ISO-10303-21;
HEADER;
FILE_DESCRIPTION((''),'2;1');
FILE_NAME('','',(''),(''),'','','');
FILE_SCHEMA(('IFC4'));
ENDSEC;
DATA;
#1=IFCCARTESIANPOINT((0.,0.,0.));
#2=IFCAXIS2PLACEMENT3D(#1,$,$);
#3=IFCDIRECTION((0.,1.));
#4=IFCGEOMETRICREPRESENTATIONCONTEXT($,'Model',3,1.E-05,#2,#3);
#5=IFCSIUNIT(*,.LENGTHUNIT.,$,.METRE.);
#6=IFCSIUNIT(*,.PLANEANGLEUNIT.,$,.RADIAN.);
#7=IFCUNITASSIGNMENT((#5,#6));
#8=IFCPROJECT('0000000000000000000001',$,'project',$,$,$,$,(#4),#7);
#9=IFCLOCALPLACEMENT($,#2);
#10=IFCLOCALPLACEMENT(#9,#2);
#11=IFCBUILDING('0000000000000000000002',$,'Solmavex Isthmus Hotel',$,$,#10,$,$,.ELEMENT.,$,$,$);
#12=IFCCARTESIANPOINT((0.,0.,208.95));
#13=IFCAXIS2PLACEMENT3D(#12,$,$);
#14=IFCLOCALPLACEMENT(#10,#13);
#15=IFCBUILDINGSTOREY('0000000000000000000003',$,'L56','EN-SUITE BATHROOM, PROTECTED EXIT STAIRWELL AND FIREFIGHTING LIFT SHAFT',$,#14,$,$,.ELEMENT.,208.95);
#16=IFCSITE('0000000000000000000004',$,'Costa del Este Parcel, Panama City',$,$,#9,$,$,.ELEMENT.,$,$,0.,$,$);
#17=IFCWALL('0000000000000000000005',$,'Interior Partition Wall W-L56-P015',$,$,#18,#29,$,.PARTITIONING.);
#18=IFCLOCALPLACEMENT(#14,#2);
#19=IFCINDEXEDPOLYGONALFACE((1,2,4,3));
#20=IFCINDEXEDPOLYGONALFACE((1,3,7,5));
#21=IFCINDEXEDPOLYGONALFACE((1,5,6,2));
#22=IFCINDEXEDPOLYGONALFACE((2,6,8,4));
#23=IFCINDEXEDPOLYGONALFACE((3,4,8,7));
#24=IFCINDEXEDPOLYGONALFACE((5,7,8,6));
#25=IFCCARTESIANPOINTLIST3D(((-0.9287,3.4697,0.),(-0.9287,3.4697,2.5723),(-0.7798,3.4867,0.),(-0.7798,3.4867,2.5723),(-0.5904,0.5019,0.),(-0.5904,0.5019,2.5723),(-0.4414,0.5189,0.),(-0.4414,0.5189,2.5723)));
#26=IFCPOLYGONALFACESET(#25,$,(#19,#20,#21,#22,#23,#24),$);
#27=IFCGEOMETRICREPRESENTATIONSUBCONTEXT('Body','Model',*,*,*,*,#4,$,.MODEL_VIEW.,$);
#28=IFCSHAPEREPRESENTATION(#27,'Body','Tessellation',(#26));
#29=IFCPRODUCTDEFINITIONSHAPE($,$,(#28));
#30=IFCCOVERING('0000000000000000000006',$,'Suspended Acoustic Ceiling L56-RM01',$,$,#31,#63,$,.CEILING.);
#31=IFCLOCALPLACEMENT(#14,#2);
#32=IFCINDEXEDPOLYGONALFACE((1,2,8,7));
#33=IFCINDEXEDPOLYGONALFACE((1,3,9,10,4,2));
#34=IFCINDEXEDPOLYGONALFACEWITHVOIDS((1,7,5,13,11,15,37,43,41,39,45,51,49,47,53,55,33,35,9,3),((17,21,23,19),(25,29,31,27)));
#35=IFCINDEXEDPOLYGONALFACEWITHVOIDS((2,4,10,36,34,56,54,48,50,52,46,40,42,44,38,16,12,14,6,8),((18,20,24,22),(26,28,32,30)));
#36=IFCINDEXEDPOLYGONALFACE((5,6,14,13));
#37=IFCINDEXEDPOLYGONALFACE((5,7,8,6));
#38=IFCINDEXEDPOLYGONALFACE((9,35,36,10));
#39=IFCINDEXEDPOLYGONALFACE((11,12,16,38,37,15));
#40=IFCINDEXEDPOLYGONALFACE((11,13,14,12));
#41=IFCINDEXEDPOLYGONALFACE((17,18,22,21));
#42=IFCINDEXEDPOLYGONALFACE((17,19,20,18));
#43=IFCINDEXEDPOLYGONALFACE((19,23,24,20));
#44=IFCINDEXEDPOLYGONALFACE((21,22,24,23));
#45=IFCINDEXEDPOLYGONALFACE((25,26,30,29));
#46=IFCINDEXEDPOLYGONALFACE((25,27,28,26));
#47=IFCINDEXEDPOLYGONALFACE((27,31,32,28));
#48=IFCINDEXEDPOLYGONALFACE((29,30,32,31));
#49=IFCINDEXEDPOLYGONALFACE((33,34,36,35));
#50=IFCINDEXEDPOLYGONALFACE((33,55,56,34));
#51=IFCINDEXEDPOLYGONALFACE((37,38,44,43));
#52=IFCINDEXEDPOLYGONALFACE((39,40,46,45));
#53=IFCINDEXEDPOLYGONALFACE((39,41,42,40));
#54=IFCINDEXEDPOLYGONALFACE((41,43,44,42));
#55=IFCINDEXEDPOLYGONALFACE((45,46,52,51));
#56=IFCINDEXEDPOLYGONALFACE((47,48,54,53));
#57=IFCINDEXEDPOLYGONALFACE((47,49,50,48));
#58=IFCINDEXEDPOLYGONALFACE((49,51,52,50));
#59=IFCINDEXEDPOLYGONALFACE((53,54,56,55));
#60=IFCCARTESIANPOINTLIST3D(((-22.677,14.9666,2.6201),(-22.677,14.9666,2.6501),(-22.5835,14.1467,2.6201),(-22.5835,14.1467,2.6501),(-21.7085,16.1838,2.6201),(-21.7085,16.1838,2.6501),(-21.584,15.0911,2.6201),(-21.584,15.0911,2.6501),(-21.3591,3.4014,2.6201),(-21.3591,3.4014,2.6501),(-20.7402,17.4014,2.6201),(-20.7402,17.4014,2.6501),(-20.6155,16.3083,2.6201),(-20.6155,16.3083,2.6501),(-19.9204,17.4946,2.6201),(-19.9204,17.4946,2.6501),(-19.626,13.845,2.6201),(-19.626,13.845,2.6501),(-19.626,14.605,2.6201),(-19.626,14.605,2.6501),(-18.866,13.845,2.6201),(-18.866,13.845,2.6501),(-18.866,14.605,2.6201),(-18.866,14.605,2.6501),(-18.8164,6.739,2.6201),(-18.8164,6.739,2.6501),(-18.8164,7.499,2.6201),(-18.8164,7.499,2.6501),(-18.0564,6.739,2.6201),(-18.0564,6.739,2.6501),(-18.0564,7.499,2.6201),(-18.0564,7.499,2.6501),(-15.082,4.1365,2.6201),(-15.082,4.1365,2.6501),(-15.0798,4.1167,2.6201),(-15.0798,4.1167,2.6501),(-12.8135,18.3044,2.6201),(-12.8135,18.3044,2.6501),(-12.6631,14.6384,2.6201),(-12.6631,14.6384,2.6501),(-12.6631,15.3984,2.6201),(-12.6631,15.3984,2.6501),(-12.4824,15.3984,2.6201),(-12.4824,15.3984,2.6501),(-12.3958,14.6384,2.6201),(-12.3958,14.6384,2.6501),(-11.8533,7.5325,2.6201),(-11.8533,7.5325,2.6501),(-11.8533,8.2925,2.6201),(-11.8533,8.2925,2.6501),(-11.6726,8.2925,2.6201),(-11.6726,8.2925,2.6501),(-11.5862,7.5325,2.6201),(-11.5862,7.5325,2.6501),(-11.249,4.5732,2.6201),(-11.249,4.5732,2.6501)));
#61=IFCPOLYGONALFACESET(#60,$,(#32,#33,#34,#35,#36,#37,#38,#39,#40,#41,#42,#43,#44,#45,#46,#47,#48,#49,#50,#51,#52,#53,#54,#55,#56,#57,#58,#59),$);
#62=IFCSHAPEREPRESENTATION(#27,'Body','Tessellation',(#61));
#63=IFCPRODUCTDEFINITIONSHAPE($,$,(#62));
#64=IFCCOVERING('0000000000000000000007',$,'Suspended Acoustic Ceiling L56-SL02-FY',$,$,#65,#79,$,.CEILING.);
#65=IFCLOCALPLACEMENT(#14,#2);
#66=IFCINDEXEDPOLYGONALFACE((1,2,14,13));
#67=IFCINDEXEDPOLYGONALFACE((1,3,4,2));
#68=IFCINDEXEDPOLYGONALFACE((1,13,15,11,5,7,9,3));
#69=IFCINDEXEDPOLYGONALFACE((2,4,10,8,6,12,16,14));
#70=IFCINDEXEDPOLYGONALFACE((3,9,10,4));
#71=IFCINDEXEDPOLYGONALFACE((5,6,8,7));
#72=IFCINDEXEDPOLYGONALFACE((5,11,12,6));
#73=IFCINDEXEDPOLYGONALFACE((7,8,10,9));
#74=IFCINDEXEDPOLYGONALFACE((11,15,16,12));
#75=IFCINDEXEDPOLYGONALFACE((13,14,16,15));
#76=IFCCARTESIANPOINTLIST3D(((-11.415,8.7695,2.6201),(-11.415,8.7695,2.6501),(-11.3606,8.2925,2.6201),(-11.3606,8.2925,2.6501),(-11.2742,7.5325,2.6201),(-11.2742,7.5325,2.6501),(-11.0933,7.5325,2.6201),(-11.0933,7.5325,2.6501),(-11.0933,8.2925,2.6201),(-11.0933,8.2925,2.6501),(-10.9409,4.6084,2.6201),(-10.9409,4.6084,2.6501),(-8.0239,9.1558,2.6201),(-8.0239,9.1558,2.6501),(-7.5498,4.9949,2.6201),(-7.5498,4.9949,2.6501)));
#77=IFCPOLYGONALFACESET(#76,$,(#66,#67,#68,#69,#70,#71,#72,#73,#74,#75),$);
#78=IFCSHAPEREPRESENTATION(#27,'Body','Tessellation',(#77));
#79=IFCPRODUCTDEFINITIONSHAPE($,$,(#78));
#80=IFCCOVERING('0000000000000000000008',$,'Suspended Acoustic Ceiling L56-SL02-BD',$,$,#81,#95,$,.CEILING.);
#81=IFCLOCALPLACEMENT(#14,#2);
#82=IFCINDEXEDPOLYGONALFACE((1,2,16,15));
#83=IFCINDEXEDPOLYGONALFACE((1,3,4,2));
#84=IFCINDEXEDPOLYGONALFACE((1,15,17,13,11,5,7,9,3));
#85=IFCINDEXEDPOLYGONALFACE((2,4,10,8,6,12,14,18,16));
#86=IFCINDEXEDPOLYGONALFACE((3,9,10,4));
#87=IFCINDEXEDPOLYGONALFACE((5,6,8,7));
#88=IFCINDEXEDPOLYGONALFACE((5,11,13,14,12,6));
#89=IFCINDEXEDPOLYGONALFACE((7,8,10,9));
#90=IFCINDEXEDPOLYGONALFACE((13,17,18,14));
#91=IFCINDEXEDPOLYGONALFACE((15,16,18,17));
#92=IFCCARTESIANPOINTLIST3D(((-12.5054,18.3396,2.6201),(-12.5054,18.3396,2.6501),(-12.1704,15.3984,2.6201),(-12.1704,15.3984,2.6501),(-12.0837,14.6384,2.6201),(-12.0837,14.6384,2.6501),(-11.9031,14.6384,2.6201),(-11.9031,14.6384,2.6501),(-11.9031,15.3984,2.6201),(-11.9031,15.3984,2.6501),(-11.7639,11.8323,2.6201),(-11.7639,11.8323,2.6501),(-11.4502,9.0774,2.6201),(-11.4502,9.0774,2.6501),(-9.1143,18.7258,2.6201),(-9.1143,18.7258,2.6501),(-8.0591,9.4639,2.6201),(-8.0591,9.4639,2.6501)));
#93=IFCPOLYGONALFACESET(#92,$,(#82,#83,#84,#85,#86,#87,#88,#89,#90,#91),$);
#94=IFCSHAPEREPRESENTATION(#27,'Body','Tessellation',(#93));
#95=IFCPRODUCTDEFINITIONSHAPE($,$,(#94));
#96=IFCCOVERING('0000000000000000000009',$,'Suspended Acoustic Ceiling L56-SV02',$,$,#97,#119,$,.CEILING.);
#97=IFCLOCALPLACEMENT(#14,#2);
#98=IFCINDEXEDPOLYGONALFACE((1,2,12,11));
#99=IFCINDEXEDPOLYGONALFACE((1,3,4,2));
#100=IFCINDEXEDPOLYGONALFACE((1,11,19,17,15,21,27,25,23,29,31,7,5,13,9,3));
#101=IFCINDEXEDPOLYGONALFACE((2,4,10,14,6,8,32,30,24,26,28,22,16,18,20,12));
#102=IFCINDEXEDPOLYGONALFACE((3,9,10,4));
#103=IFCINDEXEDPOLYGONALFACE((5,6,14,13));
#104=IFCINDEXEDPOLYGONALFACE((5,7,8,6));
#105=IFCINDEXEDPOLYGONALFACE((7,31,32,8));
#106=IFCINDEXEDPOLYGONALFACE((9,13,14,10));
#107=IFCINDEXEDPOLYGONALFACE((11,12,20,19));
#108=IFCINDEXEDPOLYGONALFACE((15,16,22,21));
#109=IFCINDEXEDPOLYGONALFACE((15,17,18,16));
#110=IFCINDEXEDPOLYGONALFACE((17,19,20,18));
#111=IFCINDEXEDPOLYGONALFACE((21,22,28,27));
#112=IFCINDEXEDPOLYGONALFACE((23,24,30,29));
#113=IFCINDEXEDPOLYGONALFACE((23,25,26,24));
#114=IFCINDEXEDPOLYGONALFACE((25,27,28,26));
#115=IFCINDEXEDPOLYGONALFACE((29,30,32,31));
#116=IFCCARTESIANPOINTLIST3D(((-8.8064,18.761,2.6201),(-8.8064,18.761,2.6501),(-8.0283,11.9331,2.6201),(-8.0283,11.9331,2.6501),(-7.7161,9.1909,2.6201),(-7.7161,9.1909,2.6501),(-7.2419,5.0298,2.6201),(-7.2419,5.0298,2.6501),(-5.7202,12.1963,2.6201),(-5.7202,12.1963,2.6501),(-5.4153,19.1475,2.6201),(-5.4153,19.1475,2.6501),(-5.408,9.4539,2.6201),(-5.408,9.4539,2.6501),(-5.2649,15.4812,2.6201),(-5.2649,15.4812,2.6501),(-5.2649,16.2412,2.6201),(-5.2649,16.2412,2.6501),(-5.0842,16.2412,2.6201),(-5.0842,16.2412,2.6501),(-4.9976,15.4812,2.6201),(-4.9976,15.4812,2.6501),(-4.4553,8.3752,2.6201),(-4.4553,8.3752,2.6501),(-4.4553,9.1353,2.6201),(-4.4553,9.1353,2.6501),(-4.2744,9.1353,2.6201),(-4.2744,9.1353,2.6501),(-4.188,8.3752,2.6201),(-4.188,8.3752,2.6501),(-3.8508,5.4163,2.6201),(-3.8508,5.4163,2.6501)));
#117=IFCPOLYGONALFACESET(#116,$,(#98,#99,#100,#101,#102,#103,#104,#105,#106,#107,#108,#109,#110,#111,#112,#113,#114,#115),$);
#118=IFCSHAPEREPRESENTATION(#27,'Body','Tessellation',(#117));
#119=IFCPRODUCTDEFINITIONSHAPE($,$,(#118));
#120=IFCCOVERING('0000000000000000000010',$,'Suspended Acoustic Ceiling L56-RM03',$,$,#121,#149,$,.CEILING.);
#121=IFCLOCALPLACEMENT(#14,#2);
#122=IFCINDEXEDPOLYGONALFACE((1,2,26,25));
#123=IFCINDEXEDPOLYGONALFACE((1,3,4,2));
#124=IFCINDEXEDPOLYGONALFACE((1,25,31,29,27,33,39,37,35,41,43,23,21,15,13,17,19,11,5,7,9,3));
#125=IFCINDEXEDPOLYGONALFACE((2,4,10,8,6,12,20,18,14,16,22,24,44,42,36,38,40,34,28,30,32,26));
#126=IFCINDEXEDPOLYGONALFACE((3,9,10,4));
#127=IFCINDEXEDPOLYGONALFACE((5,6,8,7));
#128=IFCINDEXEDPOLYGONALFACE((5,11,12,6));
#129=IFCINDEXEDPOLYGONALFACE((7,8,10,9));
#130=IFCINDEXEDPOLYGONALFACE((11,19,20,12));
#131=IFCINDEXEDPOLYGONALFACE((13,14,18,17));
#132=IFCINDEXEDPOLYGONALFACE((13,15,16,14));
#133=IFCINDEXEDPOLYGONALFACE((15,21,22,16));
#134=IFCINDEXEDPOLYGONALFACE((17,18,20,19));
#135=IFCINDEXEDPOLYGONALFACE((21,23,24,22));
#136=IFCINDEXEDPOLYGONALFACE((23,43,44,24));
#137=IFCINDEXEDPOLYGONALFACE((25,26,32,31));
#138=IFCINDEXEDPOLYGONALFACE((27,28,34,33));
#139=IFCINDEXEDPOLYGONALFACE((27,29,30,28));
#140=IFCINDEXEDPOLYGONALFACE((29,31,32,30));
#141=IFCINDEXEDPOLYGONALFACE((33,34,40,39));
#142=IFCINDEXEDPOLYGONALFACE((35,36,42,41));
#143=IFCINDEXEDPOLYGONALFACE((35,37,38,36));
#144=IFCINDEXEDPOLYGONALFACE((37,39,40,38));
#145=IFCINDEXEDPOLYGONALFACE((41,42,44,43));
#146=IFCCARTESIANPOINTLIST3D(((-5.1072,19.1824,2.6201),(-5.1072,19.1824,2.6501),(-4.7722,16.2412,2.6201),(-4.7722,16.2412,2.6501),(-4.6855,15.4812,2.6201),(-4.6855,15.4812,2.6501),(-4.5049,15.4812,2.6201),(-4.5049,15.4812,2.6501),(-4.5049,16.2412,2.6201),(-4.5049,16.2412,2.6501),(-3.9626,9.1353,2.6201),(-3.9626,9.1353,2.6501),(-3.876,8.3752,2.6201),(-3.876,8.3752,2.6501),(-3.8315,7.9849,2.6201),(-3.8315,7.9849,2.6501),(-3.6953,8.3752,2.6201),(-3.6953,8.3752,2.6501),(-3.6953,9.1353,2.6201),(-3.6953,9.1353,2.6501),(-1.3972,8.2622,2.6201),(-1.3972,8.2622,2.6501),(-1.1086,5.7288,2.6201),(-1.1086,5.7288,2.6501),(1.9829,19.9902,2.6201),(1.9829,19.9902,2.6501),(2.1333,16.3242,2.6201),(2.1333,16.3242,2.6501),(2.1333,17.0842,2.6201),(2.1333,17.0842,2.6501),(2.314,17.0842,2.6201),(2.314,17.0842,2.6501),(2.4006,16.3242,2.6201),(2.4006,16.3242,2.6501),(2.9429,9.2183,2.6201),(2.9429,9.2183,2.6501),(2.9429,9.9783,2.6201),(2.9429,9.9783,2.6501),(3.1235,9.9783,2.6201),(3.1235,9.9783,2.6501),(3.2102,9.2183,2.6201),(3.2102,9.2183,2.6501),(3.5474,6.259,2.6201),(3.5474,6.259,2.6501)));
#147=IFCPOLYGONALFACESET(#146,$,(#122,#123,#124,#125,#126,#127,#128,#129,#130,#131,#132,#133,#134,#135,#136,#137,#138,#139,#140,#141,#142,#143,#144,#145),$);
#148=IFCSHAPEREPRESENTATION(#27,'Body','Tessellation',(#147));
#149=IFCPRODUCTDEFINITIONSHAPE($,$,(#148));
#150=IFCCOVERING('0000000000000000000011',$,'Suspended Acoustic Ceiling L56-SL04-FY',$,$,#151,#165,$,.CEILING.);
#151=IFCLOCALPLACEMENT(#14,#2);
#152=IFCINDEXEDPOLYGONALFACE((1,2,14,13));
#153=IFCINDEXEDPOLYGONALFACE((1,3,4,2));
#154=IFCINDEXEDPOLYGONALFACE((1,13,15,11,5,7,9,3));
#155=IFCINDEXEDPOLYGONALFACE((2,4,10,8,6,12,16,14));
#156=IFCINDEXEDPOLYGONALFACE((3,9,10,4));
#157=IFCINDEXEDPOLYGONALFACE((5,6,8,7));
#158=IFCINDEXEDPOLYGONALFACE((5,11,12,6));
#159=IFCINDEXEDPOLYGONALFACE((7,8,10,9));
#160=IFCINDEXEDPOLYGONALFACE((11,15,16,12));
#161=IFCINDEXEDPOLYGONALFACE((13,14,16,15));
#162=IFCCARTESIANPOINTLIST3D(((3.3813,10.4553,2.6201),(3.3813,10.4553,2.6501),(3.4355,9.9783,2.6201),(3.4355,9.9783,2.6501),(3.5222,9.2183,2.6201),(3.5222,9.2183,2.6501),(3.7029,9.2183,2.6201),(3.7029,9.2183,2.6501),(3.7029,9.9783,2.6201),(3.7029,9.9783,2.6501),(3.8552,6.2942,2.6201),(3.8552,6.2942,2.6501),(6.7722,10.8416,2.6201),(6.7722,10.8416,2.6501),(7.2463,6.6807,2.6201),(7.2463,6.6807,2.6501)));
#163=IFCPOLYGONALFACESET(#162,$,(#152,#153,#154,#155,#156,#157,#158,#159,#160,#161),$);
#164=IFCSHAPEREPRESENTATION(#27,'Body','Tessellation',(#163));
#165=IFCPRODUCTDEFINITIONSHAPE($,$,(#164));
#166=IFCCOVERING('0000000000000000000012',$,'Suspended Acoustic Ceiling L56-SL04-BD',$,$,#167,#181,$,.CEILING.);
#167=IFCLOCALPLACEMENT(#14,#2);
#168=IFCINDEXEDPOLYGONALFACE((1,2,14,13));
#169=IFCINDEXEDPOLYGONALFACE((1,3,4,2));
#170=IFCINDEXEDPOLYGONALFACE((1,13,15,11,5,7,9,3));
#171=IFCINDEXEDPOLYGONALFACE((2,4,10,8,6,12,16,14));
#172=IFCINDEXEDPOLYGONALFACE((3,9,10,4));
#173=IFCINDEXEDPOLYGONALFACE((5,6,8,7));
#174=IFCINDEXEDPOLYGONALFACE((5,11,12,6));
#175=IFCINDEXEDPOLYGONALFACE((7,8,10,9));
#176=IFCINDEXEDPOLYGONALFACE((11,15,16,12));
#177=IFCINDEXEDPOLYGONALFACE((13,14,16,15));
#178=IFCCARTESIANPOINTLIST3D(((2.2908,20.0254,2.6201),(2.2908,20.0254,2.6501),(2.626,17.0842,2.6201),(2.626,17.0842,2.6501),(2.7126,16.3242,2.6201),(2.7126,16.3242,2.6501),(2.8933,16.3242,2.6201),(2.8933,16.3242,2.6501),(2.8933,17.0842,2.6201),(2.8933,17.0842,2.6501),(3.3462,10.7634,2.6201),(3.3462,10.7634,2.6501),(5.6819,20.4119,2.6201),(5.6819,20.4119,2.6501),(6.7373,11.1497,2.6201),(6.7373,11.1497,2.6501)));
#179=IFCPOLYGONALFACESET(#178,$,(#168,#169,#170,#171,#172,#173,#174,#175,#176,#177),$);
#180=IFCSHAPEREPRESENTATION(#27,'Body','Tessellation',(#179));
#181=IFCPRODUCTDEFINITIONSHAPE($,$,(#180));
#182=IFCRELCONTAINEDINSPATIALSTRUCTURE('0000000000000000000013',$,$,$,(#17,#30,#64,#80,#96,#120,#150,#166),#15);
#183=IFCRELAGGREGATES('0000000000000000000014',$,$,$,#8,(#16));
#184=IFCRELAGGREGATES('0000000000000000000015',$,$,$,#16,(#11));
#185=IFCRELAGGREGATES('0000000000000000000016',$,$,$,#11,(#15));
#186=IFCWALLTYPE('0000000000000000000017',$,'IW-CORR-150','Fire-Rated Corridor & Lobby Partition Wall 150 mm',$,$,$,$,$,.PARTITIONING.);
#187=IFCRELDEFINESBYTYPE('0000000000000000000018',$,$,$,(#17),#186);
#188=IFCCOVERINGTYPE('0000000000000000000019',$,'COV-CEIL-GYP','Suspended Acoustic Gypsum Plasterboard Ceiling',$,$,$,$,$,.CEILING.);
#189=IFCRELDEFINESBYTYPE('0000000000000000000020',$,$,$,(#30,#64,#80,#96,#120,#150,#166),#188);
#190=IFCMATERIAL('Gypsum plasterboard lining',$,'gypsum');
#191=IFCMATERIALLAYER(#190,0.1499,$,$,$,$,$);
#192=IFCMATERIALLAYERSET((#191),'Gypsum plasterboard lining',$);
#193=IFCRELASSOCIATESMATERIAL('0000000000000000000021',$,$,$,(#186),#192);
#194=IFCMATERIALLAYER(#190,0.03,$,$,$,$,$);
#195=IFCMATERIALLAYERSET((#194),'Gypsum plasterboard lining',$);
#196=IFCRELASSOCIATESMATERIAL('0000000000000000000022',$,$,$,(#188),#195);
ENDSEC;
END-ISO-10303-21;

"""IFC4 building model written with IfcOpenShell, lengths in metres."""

from ifc_helpers import new_model, si_unit, direction, frame, frame_2d, origin, place, context, subcontext, project, spatial, polyline, rectangle, outline, extrude, material, layer, layer_set, type_object, element, save


model = new_model("IFC4")

# Units and contexts
model_context = context("Model", 3, precision=1e-05, world=origin(), true_north=direction((0.0, 1.0)))
body_context = subcontext(model_context, "Body", "Model", "MODEL_VIEW")
ifc_project = project(units=[si_unit("LENGTHUNIT", "METRE"), si_unit("PLANEANGLEUNIT", "RADIAN")], contexts=[model_context])

# Site, building, storey
site_placement = place(None, origin())
site = spatial("IfcSite", under=ifc_project, at=site_placement, Name="Costa del Este Parcel, Panama City", CompositionType="ELEMENT", RefElevation=0.0)
building_placement = place(site_placement, origin())
building = spatial("IfcBuilding", under=site, at=building_placement, Name="Solmavex Isthmus Hotel", CompositionType="ELEMENT")
storey_placement = place(building_placement, frame((0.0, 0.0, 208.95)))
storey = spatial("IfcBuildingStorey", under=building, at=storey_placement, Name="L56", Description="EN-SUITE BATHROOM, PROTECTED EXIT STAIRWELL AND FIREFIGHTING LIFT SHAFT", CompositionType="ELEMENT", Elevation=208.95)

# Shared definitions
ifc_material_1 = material(Name="Gypsum plasterboard lining", Category="gypsum")
ifc_layer_1 = layer(ifc_material_1, 0.1499)
ifc_layer_set_1 = layer_set([ifc_layer_1], Name="Gypsum plasterboard lining")
wall_type = type_object("IfcWallType", Name="IW-CORR-150", Description="Fire-Rated Corridor & Lobby Partition Wall 150 mm", PredefinedType="PARTITIONING", material=ifc_layer_set_1)

# Wall
wall_1_placement = place(storey_placement, frame((-0.5159, 0.5103, 0.0), z_axis=(0.0, 0.0, 1.0), x_axis=(-0.113284, 0.993563, 0.0)))
element("IfcWall", 1, at=wall_1_placement, inside=storey, type_object=wall_type, Name="Interior Partition Wall W-L56-P015", PredefinedType="PARTITIONING", context=body_context, shape_type="SweptSolid", body=[
    extrude(rectangle(XDim=2.9871, YDim=0.1499, at=frame_2d((1.4937, 0.0))), origin(), (0.0, 0.0, 1.0), 2.5723),
])

# Coverings
ifc_layer_2 = layer(ifc_material_1, 0.03)
ifc_layer_set_2 = layer_set([ifc_layer_2], Name="Gypsum plasterboard lining")
covering_type_1 = type_object("IfcCoveringType", Name="COV-CEIL-GYP", Description="Suspended Acoustic Gypsum Plasterboard Ceiling", PredefinedType="CEILING", material=ifc_layer_set_2)
covering_1_placement = place(storey_placement, frame((0.0, 0.0, 2.6201)))
element("IfcCovering", 2, at=covering_1_placement, inside=storey, type_object=covering_type_1, Name="Suspended Acoustic Ceiling L56-RM01", PredefinedType="CEILING", context=body_context, shape_type="SweptSolid", body=[
    extrude(outline(polyline([(-15.0798, 4.1167), (-15.082, 4.1365), (-11.249, 4.5732), (-11.5862, 7.5325), (-11.8533, 7.5325), (-11.8533, 8.2925), (-11.6726, 8.2925), (-12.3958, 14.6384), (-12.6631, 14.6384), (-12.6631, 15.3984), (-12.4824, 15.3984), (-12.8135, 18.3044), (-19.9204, 17.4946), (-20.7402, 17.4014), (-20.6155, 16.3083), (-21.7085, 16.1838), (-21.584, 15.0911), (-22.677, 14.9666), (-22.5835, 14.1467), (-21.3591, 3.4014), (-15.0798, 4.1167)]), holes=[polyline([(-18.8164, 6.739), (-18.8164, 7.499), (-18.0564, 7.499), (-18.0564, 6.739), (-18.8164, 6.739)]), polyline([(-19.626, 13.845), (-19.626, 14.605), (-18.866, 14.605), (-18.866, 13.845), (-19.626, 13.845)])]), origin(), (0.0, 0.0, 1.0), 0.03),
])
covering_2_placement = place(storey_placement, frame((0.0, 0.0, 2.6201)))
element("IfcCovering", 3, at=covering_2_placement, inside=storey, type_object=covering_type_1, Name="Suspended Acoustic Ceiling L56-SL02-FY", PredefinedType="CEILING", context=body_context, shape_type="SweptSolid", body=[
    extrude(outline(polyline([(-11.3606, 8.2925), (-11.0933, 8.2925), (-11.0933, 7.5325), (-11.2742, 7.5325), (-10.9409, 4.6084), (-7.5498, 4.9949), (-8.0239, 9.1558), (-11.415, 8.7695), (-11.3606, 8.2925)])), origin(), (0.0, 0.0, 1.0), 0.03),
])
covering_3_placement = place(storey_placement, frame((0.0, 0.0, 2.6201)))
element("IfcCovering", 4, at=covering_3_placement, inside=storey, type_object=covering_type_1, Name="Suspended Acoustic Ceiling L56-SL02-BD", PredefinedType="CEILING", context=body_context, shape_type="SweptSolid", body=[
    extrude(outline(polyline([(-12.1704, 15.3984), (-11.9031, 15.3984), (-11.9031, 14.6384), (-12.0837, 14.6384), (-11.7639, 11.8323), (-11.4502, 9.0774), (-8.0591, 9.4639), (-9.1143, 18.7258), (-12.5054, 18.3396), (-12.1704, 15.3984)])), origin(), (0.0, 0.0, 1.0), 0.03),
])
covering_4_placement = place(storey_placement, frame((0.0, 0.0, 2.6201)))
element("IfcCovering", 5, at=covering_4_placement, inside=storey, type_object=covering_type_1, Name="Suspended Acoustic Ceiling L56-SV02", PredefinedType="CEILING", context=body_context, shape_type="SweptSolid", body=[
    extrude(outline(polyline([(-4.9976, 15.4812), (-5.2649, 15.4812), (-5.2649, 16.2412), (-5.0842, 16.2412), (-5.4153, 19.1475), (-8.8064, 18.761), (-8.0283, 11.9331), (-5.7202, 12.1963), (-5.408, 9.4539), (-7.7161, 9.1909), (-7.2419, 5.0298), (-3.8508, 5.4163), (-4.188, 8.3752), (-4.4553, 8.3752), (-4.4553, 9.1353), (-4.2744, 9.1353), (-4.9976, 15.4812)])), origin(), (0.0, 0.0, 1.0), 0.03),
])
covering_5_placement = place(storey_placement, frame((0.0, 0.0, 2.6201)))
element("IfcCovering", 6, at=covering_5_placement, inside=storey, type_object=covering_type_1, Name="Suspended Acoustic Ceiling L56-RM03", PredefinedType="CEILING", context=body_context, shape_type="SweptSolid", body=[
    extrude(outline(polyline([(-3.9626, 9.1353), (-3.6953, 9.1353), (-3.6953, 8.3752), (-3.876, 8.3752), (-3.8315, 7.9849), (-1.3972, 8.2622), (-1.1086, 5.7288), (3.5474, 6.259), (3.2102, 9.2183), (2.9429, 9.2183), (2.9429, 9.9783), (3.1235, 9.9783), (2.4006, 16.3242), (2.1333, 16.3242), (2.1333, 17.0842), (2.314, 17.0842), (1.9829, 19.9902), (-5.1072, 19.1824), (-4.7722, 16.2412), (-4.5049, 16.2412), (-4.5049, 15.4812), (-4.6855, 15.4812), (-3.9626, 9.1353)])), origin(), (0.0, 0.0, 1.0), 0.03),
])
covering_6_placement = place(storey_placement, frame((0.0, 0.0, 2.6201)))
element("IfcCovering", 7, at=covering_6_placement, inside=storey, type_object=covering_type_1, Name="Suspended Acoustic Ceiling L56-SL04-FY", PredefinedType="CEILING", context=body_context, shape_type="SweptSolid", body=[
    extrude(outline(polyline([(3.4355, 9.9783), (3.7029, 9.9783), (3.7029, 9.2183), (3.5222, 9.2183), (3.8552, 6.2942), (7.2463, 6.6807), (6.7722, 10.8416), (3.3813, 10.4553), (3.4355, 9.9783)])), origin(), (0.0, 0.0, 1.0), 0.03),
])
covering_7_placement = place(storey_placement, frame((0.0, 0.0, 2.6201)))
element("IfcCovering", 8, at=covering_7_placement, inside=storey, type_object=covering_type_1, Name="Suspended Acoustic Ceiling L56-SL04-BD", PredefinedType="CEILING", context=body_context, shape_type="SweptSolid", body=[
    extrude(outline(polyline([(2.626, 17.0842), (2.8933, 17.0842), (2.8933, 16.3242), (2.7126, 16.3242), (3.3462, 10.7634), (6.7373, 11.1497), (5.6819, 20.4119), (2.2908, 20.0254), (2.626, 17.0842)])), origin(), (0.0, 0.0, 1.0), 0.03),
])

save(model, "model.ifc")
